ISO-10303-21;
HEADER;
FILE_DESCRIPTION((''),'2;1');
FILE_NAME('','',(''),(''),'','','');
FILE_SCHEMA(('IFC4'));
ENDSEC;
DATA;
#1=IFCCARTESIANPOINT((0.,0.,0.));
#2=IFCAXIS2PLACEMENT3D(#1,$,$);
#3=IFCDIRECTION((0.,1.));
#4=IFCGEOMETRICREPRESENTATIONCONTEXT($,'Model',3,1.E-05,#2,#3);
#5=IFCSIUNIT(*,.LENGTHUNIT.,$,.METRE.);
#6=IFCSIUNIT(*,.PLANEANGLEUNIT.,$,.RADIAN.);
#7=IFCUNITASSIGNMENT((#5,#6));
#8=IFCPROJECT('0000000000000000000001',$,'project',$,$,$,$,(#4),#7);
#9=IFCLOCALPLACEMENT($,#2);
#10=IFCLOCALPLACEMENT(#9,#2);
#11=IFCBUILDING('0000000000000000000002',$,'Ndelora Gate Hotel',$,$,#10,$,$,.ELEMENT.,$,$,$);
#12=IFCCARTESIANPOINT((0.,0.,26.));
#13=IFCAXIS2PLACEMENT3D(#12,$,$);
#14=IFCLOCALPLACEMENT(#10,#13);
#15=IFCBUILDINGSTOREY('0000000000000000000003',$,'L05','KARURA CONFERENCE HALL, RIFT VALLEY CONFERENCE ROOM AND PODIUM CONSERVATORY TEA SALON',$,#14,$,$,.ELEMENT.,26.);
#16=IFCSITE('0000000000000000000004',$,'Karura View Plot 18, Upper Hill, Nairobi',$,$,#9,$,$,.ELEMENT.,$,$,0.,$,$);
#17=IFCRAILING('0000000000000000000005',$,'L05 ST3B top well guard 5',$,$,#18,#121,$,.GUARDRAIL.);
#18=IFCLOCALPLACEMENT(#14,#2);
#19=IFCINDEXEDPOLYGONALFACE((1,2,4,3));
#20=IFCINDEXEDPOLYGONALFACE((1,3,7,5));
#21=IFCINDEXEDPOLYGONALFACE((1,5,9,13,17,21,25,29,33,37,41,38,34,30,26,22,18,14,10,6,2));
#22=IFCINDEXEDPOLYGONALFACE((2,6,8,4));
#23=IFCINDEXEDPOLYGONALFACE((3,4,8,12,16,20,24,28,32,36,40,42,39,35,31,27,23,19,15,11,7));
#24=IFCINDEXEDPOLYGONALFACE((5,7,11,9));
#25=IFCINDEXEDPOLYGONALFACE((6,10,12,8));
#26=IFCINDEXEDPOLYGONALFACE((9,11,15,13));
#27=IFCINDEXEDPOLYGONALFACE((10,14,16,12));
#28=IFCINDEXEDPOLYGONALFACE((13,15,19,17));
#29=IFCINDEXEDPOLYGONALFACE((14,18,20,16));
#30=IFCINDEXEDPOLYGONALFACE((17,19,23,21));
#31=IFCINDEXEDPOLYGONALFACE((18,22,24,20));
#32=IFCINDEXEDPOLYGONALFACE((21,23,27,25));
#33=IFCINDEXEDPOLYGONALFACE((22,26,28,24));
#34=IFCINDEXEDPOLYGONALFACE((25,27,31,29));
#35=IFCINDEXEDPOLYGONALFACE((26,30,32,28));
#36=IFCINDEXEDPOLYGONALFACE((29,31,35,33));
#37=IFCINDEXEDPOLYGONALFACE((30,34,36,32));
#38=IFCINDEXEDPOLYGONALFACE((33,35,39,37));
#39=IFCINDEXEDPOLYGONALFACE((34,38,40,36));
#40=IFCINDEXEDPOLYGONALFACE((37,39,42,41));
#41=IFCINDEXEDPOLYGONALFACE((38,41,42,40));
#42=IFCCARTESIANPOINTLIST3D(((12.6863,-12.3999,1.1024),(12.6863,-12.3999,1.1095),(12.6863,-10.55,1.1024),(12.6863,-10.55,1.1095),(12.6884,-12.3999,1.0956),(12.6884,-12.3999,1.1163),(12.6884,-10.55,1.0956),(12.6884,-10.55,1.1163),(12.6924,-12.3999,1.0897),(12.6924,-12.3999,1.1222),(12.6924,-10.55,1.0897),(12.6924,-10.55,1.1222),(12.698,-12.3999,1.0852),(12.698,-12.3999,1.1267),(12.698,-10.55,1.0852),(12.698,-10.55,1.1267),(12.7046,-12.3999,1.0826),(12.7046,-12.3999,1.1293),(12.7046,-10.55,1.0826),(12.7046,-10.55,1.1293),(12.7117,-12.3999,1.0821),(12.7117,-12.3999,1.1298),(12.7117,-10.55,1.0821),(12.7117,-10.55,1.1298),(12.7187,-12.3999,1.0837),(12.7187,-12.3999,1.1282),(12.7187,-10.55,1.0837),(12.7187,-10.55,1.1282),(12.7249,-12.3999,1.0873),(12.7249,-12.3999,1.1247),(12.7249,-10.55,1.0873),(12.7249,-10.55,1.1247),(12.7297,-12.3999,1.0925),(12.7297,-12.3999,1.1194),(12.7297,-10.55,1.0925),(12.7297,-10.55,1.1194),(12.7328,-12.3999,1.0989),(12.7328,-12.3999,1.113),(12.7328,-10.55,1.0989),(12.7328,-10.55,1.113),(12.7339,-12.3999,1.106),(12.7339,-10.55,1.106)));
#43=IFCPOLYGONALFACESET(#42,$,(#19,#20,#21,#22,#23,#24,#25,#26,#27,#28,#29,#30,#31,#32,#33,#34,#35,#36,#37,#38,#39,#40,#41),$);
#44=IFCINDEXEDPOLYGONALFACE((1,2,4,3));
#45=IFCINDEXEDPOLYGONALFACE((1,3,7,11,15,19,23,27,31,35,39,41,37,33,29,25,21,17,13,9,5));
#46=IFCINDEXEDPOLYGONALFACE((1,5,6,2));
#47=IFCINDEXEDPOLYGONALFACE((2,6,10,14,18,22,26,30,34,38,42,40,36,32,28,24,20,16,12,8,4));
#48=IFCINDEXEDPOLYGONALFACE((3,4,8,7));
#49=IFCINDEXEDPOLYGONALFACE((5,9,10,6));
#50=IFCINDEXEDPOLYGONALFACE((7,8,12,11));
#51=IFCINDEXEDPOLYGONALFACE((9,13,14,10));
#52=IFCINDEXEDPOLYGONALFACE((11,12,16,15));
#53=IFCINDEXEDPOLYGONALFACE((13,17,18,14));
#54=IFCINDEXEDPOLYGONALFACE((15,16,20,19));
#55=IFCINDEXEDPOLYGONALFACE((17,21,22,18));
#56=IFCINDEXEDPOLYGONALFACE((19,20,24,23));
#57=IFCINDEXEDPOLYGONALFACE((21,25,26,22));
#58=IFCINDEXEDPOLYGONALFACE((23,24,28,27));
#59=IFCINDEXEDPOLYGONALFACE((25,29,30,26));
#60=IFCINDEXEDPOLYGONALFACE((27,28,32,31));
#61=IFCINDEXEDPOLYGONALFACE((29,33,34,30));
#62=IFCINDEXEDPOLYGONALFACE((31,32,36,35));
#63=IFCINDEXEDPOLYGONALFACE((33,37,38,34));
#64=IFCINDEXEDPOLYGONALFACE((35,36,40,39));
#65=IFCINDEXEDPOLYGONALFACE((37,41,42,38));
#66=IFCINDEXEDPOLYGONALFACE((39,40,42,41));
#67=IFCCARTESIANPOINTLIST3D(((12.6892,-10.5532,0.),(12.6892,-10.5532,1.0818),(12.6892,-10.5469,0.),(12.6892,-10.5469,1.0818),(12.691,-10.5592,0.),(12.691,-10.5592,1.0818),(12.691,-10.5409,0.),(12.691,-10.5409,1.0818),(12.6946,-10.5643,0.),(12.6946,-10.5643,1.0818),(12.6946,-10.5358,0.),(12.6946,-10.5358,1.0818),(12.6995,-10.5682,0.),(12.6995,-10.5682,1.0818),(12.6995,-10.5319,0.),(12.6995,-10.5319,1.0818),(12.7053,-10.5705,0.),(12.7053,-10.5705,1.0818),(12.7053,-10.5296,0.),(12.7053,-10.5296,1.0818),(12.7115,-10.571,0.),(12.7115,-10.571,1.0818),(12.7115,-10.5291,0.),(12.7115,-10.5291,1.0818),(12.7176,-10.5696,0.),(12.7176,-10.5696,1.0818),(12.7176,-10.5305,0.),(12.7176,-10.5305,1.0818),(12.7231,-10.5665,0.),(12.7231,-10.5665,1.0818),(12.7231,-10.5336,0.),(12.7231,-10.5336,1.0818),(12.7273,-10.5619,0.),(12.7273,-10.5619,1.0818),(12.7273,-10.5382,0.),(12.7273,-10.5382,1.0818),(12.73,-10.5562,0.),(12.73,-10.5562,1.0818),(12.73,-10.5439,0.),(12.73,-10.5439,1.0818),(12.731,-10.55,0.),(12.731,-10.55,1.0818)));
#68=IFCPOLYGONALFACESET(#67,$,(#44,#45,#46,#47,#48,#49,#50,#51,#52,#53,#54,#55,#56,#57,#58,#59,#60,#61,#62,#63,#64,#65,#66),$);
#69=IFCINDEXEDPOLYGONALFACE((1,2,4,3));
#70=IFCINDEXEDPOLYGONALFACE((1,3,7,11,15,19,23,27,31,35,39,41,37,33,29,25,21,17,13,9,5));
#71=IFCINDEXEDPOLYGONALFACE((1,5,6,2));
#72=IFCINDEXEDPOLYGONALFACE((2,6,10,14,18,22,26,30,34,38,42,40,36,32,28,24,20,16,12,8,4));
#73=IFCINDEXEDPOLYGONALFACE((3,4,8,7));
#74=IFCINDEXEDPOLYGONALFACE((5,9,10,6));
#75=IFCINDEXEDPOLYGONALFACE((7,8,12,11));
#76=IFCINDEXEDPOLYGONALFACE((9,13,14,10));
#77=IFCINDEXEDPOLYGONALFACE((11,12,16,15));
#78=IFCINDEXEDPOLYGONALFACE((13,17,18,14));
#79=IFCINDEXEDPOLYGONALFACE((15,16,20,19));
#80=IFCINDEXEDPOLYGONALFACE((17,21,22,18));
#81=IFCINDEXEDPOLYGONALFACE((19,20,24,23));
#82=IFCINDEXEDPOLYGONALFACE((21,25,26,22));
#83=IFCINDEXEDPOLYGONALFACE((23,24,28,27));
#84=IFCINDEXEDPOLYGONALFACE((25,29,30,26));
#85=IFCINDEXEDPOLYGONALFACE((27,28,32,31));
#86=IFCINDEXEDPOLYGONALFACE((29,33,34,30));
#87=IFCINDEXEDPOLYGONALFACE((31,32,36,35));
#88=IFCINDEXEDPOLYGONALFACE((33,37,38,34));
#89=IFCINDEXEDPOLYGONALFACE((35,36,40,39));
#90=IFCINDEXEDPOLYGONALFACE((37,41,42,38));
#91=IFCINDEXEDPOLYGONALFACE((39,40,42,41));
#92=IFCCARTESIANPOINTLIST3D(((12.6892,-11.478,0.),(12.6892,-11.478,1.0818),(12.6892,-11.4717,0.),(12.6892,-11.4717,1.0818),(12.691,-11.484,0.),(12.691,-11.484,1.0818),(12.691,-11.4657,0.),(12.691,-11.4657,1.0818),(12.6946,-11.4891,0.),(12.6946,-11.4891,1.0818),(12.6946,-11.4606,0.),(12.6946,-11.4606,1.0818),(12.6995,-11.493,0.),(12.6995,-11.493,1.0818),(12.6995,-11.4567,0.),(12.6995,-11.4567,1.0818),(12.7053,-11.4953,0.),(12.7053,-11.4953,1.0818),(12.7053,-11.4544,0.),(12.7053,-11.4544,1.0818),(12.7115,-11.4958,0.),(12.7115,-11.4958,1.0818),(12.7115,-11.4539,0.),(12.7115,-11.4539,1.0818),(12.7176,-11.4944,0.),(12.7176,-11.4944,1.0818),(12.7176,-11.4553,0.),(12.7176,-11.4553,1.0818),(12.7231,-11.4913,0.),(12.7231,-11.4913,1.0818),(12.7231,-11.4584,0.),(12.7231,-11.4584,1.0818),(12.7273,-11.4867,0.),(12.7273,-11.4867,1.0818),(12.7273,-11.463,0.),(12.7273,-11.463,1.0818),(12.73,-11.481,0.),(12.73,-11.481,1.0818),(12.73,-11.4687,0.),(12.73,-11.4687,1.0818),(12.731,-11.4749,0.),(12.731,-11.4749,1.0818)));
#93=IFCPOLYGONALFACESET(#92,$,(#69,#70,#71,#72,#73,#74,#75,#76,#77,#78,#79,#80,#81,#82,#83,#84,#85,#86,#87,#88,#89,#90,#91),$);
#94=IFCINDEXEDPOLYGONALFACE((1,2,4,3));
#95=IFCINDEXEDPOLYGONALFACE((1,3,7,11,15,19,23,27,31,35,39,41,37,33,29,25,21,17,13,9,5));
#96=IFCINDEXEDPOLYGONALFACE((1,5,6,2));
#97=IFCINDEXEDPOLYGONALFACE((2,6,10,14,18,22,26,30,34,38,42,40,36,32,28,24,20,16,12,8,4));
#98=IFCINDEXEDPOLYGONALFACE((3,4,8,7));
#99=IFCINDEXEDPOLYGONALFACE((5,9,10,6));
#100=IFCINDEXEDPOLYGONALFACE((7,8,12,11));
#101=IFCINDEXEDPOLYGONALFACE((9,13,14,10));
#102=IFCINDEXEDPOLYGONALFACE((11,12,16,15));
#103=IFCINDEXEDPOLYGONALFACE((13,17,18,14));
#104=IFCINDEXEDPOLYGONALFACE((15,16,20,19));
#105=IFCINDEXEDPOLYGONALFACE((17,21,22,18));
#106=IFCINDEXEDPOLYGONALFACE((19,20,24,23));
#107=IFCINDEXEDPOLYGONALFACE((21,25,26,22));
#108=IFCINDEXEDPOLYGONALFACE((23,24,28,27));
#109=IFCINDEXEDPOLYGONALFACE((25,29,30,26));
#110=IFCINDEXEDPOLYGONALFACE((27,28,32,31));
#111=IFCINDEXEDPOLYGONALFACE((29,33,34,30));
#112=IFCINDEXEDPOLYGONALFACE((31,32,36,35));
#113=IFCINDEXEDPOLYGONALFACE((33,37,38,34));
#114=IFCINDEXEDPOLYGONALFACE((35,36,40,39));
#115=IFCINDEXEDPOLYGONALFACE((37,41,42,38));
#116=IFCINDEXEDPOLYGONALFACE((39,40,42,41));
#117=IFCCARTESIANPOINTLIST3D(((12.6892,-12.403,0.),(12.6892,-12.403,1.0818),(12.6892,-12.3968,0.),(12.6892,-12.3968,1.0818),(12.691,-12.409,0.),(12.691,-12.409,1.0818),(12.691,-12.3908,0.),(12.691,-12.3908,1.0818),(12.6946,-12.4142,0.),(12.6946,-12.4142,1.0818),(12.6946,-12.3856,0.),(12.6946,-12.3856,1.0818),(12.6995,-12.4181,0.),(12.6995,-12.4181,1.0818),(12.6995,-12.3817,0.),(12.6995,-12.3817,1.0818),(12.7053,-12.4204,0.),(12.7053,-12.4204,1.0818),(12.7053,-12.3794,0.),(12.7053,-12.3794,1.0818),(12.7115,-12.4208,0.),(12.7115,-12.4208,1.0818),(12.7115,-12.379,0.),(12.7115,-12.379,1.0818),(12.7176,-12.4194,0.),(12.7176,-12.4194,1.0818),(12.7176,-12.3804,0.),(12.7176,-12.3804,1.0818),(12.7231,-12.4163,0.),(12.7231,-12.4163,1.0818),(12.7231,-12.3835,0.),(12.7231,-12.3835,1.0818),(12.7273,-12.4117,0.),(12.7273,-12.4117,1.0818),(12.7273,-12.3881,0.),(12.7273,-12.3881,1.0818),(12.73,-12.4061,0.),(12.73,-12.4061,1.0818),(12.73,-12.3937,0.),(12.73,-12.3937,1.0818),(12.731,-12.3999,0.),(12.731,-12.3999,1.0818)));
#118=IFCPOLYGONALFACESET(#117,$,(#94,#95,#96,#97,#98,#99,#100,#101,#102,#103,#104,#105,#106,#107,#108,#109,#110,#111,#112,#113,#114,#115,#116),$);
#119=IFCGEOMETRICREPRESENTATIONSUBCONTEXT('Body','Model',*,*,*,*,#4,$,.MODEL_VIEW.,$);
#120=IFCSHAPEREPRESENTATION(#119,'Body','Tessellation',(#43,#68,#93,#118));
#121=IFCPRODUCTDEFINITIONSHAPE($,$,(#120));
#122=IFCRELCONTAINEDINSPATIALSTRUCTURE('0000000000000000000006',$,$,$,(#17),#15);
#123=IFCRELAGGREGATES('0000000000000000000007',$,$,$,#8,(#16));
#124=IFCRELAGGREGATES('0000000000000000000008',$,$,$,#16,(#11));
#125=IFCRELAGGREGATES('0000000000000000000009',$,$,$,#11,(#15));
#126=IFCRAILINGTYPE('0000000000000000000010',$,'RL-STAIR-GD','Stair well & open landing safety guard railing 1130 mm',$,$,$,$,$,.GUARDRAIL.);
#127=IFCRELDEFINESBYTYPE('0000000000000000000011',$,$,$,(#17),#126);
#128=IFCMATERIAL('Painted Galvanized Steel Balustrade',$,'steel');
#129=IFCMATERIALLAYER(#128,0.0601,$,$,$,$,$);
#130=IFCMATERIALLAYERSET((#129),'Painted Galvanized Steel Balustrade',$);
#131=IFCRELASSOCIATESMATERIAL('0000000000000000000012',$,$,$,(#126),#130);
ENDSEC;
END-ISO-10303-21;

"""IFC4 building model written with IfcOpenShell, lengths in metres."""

from ifc_helpers import new_model, si_unit, direction, frame, origin, origin_2d, place, context, subcontext, project, spatial, circle, extrude, material, layer, layer_set, type_object, element, save


model = new_model("IFC4")

# Units and contexts
model_context = context("Model", 3, precision=1e-05, world=origin(), true_north=direction((0.0, 1.0)))
body_context = subcontext(model_context, "Body", "Model", "MODEL_VIEW")
ifc_project = project(units=[si_unit("LENGTHUNIT", "METRE"), si_unit("PLANEANGLEUNIT", "RADIAN")], contexts=[model_context])

# Site, building, storey
site_placement = place(None, origin())
site = spatial("IfcSite", under=ifc_project, at=site_placement, Name="Karura View Plot 18, Upper Hill, Nairobi", CompositionType="ELEMENT", RefElevation=0.0)
building_placement = place(site_placement, origin())
building = spatial("IfcBuilding", under=site, at=building_placement, Name="Ndelora Gate Hotel", CompositionType="ELEMENT")
storey_placement = place(building_placement, frame((0.0, 0.0, 26.0)))
storey = spatial("IfcBuildingStorey", under=building, at=storey_placement, Name="L05", Description="KARURA CONFERENCE HALL, RIFT VALLEY CONFERENCE ROOM AND PODIUM CONSERVATORY TEA SALON", CompositionType="ELEMENT", Elevation=26.0)

# Railing
ifc_material_1 = material(Name="Painted Galvanized Steel Balustrade", Category="steel")
ifc_layer_1 = layer(ifc_material_1, 0.0601)
ifc_layer_set_1 = layer_set([ifc_layer_1], Name="Painted Galvanized Steel Balustrade")
railing_type = type_object("IfcRailingType", Name="RL-STAIR-GD", Description="Stair well & open landing safety guard railing 1130 mm", PredefinedType="GUARDRAIL", material=ifc_layer_set_1)
for number, where, name in (
    (1, (12.71, -10.55, 0.0), "L05 ST3B top well guard 5"),
):
    element("IfcRailing", number, at=place(storey_placement, frame(where)), inside=storey, type_object=railing_type, Name=name, PredefinedType="GUARDRAIL", context=body_context, shape_type="SweptSolid", body=[
        extrude(circle(Radius=0.0239, at=origin_2d()), frame((0.0, 0.0, 1.106), z_axis=(0.0, -1.0, 0.0), x_axis=(1.0, 0.0, 0.0)), (0.0, 0.0, 1.0), 1.8499),
        extrude(circle(Radius=0.021, at=origin_2d()), origin(), (0.0, 0.0, 1.0), 1.0818),
        extrude(circle(Radius=0.021, at=origin_2d()), frame((0.0, -0.9248, 0.0)), (0.0, 0.0, 1.0), 1.0818),
        extrude(circle(Radius=0.021, at=origin_2d()), frame((0.0, -1.8499, 0.0)), (0.0, 0.0, 1.0), 1.0818),
    ])

save(model, "model.ifc")
